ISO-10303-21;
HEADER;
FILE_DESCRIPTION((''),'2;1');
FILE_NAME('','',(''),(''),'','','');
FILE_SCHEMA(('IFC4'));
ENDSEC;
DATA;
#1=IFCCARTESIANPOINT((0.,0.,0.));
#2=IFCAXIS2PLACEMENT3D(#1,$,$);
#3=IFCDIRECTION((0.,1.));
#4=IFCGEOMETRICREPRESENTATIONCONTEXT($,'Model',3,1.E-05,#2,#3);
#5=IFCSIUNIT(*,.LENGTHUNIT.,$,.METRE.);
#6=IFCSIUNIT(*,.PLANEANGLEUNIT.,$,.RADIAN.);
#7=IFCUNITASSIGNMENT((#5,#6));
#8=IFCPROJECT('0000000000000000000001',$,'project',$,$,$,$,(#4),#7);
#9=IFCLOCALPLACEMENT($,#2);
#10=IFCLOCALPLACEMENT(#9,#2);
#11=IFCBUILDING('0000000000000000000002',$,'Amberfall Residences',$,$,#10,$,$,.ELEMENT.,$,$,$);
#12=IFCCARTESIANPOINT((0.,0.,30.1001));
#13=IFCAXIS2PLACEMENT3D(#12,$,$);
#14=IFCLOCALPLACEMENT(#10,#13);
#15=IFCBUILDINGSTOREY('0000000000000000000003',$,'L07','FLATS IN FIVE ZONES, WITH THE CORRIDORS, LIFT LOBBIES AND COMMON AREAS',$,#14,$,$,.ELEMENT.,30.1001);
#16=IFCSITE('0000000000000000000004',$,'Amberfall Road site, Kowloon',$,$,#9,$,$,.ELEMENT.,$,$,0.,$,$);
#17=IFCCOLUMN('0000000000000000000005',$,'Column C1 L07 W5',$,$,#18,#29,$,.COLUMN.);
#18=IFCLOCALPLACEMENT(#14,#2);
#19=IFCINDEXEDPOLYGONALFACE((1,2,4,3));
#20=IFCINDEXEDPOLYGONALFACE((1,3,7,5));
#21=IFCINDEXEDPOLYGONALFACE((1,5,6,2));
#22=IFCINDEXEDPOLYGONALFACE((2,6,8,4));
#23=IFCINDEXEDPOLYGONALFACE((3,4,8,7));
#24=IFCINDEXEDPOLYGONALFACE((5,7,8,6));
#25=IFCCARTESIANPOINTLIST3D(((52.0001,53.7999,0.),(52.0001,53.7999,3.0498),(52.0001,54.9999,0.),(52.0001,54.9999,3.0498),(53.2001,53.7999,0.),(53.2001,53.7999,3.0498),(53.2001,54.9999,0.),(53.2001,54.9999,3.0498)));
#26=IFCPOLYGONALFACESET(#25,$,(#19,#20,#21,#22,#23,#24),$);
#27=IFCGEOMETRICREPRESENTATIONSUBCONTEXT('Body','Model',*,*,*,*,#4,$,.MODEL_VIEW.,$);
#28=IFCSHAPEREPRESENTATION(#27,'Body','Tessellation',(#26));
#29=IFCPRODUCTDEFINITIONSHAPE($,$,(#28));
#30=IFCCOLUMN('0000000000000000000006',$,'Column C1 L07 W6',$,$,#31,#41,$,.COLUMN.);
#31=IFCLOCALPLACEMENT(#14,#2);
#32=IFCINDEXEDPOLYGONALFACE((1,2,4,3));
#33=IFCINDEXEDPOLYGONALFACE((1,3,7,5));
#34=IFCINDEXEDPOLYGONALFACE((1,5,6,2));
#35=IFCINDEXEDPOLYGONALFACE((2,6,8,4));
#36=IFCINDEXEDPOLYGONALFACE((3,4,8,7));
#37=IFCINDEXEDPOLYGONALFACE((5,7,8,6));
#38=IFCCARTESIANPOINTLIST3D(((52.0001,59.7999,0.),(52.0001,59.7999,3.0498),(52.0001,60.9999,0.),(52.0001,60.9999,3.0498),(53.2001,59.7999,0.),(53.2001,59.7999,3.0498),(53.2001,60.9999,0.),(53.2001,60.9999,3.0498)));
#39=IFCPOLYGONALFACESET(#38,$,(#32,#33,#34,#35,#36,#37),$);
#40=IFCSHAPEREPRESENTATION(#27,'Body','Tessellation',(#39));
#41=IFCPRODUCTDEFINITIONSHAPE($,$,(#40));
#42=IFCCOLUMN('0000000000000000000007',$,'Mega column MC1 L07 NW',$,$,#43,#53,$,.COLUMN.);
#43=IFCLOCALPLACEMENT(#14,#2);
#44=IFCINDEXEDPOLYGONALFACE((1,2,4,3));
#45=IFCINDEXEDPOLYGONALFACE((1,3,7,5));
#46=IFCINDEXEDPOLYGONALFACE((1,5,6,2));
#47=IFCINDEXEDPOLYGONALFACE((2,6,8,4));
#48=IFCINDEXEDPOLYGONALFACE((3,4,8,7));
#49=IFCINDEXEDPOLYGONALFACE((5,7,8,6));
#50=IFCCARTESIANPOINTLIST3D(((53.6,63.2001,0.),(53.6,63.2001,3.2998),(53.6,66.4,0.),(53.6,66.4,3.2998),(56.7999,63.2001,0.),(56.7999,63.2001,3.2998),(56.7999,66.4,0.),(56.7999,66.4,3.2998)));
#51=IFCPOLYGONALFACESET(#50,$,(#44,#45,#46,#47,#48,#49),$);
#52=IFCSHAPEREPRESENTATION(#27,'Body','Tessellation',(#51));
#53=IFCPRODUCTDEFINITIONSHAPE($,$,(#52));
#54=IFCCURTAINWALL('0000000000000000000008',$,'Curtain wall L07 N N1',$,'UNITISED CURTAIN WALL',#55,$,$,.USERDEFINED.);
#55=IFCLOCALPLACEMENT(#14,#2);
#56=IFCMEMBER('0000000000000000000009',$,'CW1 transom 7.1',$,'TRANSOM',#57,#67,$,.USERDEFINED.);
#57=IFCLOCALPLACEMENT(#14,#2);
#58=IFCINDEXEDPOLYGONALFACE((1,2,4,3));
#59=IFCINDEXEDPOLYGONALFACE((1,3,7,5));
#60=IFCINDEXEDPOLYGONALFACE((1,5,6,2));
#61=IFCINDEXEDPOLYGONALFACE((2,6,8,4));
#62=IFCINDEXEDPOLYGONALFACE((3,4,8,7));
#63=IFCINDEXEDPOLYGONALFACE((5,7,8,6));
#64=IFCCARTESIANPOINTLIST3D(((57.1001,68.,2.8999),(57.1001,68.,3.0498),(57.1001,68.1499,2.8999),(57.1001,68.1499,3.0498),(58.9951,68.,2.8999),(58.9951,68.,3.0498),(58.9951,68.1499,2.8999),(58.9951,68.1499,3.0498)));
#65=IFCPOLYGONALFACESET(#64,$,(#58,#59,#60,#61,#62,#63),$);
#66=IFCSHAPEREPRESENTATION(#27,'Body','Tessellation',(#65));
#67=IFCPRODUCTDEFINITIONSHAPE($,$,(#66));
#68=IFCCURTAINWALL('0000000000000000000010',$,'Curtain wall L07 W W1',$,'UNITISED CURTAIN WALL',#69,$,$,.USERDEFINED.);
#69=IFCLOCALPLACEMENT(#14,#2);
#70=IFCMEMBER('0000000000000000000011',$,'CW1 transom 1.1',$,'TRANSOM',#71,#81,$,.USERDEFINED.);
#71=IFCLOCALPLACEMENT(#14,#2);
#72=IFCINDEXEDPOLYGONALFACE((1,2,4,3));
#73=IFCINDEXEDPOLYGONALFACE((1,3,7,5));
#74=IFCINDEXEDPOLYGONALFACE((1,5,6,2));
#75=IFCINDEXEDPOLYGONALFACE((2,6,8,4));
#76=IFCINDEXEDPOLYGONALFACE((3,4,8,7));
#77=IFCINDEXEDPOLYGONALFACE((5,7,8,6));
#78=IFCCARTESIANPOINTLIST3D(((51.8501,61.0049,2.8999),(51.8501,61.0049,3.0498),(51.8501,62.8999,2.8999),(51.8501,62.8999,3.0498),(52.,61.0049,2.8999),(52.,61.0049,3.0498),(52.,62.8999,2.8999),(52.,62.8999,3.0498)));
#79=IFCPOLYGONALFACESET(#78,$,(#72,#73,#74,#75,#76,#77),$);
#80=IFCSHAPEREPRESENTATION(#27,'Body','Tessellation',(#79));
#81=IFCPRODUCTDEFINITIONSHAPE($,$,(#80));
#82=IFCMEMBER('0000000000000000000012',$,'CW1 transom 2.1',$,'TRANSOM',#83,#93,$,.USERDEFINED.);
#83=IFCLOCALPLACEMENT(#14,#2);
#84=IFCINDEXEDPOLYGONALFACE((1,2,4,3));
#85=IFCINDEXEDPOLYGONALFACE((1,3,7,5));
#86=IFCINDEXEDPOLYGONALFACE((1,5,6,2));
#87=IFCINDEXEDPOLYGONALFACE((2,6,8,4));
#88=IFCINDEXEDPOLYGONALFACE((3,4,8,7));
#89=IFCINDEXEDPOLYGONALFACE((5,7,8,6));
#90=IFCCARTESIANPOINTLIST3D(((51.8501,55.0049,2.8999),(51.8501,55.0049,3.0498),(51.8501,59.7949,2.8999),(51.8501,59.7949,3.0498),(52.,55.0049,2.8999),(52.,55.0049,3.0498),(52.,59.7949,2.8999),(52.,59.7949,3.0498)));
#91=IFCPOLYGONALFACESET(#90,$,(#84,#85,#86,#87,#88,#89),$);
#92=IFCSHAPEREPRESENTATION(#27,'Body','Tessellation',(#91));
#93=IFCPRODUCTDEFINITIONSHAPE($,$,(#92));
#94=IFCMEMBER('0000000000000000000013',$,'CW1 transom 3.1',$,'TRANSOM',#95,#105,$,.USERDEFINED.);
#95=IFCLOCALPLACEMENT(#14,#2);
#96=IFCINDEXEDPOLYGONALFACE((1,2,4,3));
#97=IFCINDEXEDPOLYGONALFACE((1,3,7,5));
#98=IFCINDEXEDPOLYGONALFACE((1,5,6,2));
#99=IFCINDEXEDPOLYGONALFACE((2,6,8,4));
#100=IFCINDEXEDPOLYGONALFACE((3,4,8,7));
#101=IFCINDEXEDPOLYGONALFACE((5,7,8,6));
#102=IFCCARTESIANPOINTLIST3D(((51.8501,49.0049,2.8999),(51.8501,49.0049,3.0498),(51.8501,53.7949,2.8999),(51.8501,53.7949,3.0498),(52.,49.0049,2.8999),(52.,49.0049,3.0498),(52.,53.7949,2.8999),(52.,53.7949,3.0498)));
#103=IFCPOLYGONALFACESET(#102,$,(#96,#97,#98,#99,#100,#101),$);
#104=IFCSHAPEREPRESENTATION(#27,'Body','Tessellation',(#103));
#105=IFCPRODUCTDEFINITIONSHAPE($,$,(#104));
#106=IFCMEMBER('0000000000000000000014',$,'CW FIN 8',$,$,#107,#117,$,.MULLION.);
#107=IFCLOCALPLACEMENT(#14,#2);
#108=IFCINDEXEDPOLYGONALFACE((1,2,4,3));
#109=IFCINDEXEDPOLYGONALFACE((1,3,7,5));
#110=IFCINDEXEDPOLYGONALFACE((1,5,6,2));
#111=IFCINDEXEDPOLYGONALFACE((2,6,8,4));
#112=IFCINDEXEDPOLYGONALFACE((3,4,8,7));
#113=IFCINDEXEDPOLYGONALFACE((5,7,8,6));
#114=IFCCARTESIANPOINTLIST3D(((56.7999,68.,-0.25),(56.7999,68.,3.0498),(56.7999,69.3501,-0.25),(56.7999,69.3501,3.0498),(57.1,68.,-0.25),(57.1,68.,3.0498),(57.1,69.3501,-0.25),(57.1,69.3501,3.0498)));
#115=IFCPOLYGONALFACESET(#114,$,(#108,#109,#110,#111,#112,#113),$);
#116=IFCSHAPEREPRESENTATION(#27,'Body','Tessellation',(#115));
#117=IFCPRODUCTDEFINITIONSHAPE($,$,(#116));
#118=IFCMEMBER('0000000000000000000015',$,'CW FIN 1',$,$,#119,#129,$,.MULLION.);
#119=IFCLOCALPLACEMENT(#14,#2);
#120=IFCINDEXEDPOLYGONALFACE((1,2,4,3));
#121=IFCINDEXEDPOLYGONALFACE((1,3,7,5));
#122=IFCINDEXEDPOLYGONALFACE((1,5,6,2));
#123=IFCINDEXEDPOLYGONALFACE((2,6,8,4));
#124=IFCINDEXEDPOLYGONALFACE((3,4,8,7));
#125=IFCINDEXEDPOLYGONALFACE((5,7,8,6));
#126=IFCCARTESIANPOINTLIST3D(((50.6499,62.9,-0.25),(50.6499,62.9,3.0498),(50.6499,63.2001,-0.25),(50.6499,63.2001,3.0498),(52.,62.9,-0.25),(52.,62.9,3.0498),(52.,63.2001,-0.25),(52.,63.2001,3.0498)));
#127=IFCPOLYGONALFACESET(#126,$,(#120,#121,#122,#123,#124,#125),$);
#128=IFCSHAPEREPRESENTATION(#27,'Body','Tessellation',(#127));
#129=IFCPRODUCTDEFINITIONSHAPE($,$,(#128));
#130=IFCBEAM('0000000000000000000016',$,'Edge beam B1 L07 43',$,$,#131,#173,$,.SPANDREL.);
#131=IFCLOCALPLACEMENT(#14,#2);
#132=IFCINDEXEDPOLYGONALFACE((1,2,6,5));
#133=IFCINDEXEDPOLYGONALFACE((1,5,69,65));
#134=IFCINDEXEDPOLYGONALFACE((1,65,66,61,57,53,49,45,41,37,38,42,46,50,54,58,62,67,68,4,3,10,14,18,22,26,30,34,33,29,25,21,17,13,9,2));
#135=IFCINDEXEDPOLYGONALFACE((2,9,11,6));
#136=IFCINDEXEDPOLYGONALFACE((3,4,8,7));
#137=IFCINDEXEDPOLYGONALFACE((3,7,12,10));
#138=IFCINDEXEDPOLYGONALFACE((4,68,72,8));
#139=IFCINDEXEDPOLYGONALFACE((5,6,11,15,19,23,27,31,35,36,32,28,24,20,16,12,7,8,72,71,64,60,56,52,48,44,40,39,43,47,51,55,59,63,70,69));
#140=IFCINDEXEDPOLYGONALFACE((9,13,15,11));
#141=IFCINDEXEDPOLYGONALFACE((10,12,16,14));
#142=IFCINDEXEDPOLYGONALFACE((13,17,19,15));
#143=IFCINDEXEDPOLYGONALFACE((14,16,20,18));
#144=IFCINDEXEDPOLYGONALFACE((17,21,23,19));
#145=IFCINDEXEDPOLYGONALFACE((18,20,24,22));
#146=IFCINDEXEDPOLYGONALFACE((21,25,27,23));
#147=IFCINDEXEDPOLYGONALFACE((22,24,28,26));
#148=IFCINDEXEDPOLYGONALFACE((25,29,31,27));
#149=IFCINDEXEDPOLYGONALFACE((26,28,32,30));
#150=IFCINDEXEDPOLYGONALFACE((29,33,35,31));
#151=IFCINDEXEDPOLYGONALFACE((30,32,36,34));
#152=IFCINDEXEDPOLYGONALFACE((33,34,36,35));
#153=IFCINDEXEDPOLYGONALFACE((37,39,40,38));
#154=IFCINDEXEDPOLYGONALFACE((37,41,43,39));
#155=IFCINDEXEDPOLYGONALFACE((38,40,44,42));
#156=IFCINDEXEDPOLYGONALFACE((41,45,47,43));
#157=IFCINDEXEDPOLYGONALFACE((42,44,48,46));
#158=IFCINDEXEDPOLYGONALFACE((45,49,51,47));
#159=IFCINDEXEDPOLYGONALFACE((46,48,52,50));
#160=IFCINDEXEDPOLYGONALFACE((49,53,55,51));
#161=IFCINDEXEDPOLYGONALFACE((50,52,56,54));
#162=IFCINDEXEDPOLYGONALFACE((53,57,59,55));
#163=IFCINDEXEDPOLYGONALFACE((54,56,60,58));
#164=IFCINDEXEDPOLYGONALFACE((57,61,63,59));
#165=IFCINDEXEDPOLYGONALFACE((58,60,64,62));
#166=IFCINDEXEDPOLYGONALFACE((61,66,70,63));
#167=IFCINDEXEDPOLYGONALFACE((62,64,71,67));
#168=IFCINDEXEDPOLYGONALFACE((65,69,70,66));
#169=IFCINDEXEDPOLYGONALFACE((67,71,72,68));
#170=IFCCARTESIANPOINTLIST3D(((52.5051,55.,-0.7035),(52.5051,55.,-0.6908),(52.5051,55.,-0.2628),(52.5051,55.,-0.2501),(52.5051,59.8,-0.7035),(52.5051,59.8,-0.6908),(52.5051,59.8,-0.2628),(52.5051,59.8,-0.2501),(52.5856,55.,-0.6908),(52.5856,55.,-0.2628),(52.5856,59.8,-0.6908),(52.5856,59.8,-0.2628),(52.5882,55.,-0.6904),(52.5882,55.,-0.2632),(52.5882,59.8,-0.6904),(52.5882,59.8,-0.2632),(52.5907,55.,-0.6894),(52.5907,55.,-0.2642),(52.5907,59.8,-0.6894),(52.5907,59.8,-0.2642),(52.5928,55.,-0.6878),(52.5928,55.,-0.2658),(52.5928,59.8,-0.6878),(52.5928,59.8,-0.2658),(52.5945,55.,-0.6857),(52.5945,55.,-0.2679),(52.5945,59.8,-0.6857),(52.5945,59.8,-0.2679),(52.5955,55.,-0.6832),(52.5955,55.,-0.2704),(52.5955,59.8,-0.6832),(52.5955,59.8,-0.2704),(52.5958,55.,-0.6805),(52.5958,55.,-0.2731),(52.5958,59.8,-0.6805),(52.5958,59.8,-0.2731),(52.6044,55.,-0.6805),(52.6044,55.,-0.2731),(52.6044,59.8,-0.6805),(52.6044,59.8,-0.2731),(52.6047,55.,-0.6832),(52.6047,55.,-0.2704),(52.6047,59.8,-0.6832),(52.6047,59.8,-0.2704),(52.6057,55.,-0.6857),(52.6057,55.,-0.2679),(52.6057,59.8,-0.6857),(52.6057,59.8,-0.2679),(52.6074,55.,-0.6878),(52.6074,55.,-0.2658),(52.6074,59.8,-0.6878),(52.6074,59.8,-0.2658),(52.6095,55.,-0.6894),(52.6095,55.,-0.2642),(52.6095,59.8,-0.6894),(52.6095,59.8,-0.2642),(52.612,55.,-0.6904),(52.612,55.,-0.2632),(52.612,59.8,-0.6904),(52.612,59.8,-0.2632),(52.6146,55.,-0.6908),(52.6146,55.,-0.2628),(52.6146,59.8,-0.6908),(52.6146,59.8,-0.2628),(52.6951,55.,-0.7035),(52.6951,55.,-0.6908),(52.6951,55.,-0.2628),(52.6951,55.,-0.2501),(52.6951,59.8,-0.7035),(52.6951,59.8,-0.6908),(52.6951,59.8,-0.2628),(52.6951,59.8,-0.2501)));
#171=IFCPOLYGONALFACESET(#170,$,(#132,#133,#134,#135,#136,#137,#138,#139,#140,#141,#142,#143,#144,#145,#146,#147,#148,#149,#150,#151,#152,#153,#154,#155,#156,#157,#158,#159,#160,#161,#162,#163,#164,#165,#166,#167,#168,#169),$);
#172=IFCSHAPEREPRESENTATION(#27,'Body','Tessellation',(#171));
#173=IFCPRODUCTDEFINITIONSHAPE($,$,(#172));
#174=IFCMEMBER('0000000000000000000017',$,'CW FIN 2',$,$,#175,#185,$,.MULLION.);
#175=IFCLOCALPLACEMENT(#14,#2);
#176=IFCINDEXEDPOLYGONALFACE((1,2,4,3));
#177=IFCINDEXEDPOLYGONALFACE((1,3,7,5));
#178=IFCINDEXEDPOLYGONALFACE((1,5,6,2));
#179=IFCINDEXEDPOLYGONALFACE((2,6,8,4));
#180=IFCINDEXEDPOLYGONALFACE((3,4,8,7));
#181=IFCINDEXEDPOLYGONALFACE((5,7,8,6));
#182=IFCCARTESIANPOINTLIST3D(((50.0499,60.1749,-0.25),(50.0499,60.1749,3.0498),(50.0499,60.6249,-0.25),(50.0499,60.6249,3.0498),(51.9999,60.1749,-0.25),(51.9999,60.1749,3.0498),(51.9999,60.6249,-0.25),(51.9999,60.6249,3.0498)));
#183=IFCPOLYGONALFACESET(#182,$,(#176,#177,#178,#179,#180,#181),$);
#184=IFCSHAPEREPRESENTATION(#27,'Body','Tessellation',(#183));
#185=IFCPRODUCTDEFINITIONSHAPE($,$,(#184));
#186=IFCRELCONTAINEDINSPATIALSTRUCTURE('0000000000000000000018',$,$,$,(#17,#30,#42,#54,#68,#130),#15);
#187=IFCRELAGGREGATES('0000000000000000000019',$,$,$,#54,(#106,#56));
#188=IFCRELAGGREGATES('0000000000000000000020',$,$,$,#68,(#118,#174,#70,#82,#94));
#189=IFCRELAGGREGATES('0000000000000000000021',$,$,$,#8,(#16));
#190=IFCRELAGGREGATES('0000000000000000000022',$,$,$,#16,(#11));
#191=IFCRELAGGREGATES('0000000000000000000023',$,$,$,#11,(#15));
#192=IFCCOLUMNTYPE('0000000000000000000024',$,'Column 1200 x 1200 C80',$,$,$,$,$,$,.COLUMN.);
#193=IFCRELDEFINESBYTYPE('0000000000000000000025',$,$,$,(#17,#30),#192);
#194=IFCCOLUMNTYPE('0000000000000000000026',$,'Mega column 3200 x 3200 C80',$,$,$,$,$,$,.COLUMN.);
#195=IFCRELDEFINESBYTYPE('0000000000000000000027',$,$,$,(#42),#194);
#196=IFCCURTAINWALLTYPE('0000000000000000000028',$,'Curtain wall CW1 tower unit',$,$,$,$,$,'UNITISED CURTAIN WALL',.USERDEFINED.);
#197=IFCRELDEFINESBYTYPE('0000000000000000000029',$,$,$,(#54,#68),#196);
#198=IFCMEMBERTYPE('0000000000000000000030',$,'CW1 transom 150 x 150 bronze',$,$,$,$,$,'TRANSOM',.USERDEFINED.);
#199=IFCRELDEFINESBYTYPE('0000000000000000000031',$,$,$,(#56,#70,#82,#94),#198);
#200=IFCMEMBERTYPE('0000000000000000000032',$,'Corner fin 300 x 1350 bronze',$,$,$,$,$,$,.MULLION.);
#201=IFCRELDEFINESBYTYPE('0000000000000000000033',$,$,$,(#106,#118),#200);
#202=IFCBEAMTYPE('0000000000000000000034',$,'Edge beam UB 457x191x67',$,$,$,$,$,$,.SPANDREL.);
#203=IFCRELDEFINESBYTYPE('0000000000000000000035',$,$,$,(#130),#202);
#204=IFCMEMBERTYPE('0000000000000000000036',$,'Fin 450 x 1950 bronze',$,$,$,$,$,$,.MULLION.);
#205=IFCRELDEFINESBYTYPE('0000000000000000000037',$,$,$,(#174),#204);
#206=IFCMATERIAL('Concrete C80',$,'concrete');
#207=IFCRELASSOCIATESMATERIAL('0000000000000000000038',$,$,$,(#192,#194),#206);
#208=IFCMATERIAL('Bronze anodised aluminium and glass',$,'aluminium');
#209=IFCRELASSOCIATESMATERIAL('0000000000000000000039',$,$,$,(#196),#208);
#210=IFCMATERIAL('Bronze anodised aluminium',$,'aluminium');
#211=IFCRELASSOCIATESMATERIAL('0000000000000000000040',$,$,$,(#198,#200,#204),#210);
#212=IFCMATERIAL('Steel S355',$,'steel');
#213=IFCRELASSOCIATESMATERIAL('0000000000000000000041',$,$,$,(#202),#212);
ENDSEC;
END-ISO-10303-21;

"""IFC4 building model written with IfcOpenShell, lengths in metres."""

from ifc_helpers import new_model, si_unit, direction, frame, origin, origin_2d, place, context, subcontext, project, spatial, rectangle, i_section, extrude, material, material_profile, profile_set, type_object, element, aggregate, save


model = new_model("IFC4")

# Units and contexts
model_context = context("Model", 3, precision=1e-05, world=origin(), true_north=direction((0.0, 1.0)))
body_context = subcontext(model_context, "Body", "Model", "MODEL_VIEW")
ifc_project = project(units=[si_unit("LENGTHUNIT", "METRE"), si_unit("PLANEANGLEUNIT", "RADIAN")], contexts=[model_context])

# Site, building, storey
site_placement = place(None, origin())
site = spatial("IfcSite", under=ifc_project, at=site_placement, Name="Amberfall Road site, Kowloon", CompositionType="ELEMENT", RefElevation=0.0)
building_placement = place(site_placement, origin())
building = spatial("IfcBuilding", under=site, at=building_placement, Name="Amberfall Residences", CompositionType="ELEMENT")
storey_placement = place(building_placement, frame((0.0, 0.0, 30.1001)))
storey = spatial("IfcBuildingStorey", under=building, at=storey_placement, Name="L07", Description="FLATS IN FIVE ZONES, WITH THE CORRIDORS, LIFT LOBBIES AND COMMON AREAS", CompositionType="ELEMENT", Elevation=30.1001)

# Columns
ifc_material_1 = material(Name="Concrete C80", Category="concrete")
ifc_material_profile_1 = material_profile(ifc_material_1, rectangle(XDim=1.2, YDim=1.2, at=origin_2d()), Name="Column 1200 x 1200 C80")
ifc_profile_set_1 = profile_set([ifc_material_profile_1], Name="Concrete C80")
column_type_1 = type_object("IfcColumnType", Name="Column 1200 x 1200 C80", PredefinedType="COLUMN", material=ifc_profile_set_1)
for number, where, z_axis, x_axis, name in (
    (1, (52.6001, 54.3999, 0.0), (0.0, 0.0, 1.0), (1.0, 0.0, 0.0), "Column C1 L07 W5"),
    (2, (52.6001, 60.3999, 0.0), (0.0, 0.0, 1.0), (1.0, 0.0, 0.0), "Column C1 L07 W6"),
):
    element("IfcColumn", number, at=place(storey_placement, frame(where, z_axis=z_axis, x_axis=x_axis)), inside=storey, type_object=column_type_1, Name=name, PredefinedType="COLUMN", context=body_context, shape_type="SweptSolid", body=[
        extrude(rectangle(XDim=1.2, YDim=1.2, at=origin_2d()), origin(), (0.0, 0.0, 1.0), 3.0498),
    ])
ifc_material_profile_2 = material_profile(ifc_material_1, rectangle(XDim=3.2, YDim=3.2, at=origin_2d()), Name="Mega column 3200 x 3200 C80")
ifc_profile_set_2 = profile_set([ifc_material_profile_2], Name="Concrete C80")
column_type_2 = type_object("IfcColumnType", Name="Mega column 3200 x 3200 C80", PredefinedType="COLUMN", material=ifc_profile_set_2)
column_placement = place(storey_placement, frame((55.2, 64.8, 0.0), z_axis=(0.0, 0.0, 1.0), x_axis=(1.0, 0.0, 0.0)))
element("IfcColumn", 3, at=column_placement, inside=storey, type_object=column_type_2, Name="Mega column MC1 L07 NW", PredefinedType="COLUMN", context=body_context, shape_type="SweptSolid", body=[
    extrude(rectangle(XDim=3.2, YDim=3.2, at=origin_2d()), origin(), (0.0, 0.0, 1.0), 3.2998),
])

# Curtain wall, member
ifc_material_2 = material(Name="Bronze anodised aluminium and glass", Category="aluminium")
curtain_wall_type = type_object("IfcCurtainWallType", Name="Curtain wall CW1 tower unit", ElementType="UNITISED CURTAIN WALL", PredefinedType="USERDEFINED", material=ifc_material_2)
curtain_wall_1_placement = place(storey_placement, origin())
curtain_wall_1 = element("IfcCurtainWall", 4, at=curtain_wall_1_placement, inside=storey, type_object=curtain_wall_type, Name="Curtain wall L07 N N1", ObjectType="UNITISED CURTAIN WALL", PredefinedType="USERDEFINED")
ifc_material_3 = material(Name="Bronze anodised aluminium", Category="aluminium")
ifc_material_profile_3 = material_profile(ifc_material_3, rectangle(XDim=0.1499, YDim=0.1499, at=origin_2d()), Name="CW1 transom 150 x 150 bronze")
ifc_profile_set_3 = profile_set([ifc_material_profile_3], Name="Bronze anodised aluminium")
member_type_1 = type_object("IfcMemberType", Name="CW1 transom 150 x 150 bronze", ElementType="TRANSOM", PredefinedType="USERDEFINED", material=ifc_profile_set_3)
member_1_placement = place(storey_placement, frame((58.9951, 68.075, 2.9749), z_axis=(-1.0, 0.0, 0.0), x_axis=(0.0, -1.0, 0.0)))
member_1 = element("IfcMember", 5, at=member_1_placement, type_object=member_type_1, Name="CW1 transom 7.1", ObjectType="TRANSOM", PredefinedType="USERDEFINED", context=body_context, shape_type="SweptSolid", body=[
    extrude(rectangle(XDim=0.1499, YDim=0.1499, at=origin_2d()), origin(), (0.0, 0.0, 1.0), 1.895),
])

# Curtain wall, members
curtain_wall_2_placement = place(storey_placement, origin())
curtain_wall_2 = element("IfcCurtainWall", 6, at=curtain_wall_2_placement, inside=storey, type_object=curtain_wall_type, Name="Curtain wall L07 W W1", ObjectType="UNITISED CURTAIN WALL", PredefinedType="USERDEFINED")
member_2_placement = place(storey_placement, frame((51.925, 62.8999, 2.9749), z_axis=(0.0, -1.0, 0.0), x_axis=(1.0, 0.0, 0.0)))
member_2 = element("IfcMember", 7, at=member_2_placement, type_object=member_type_1, Name="CW1 transom 1.1", ObjectType="TRANSOM", PredefinedType="USERDEFINED", context=body_context, shape_type="SweptSolid", body=[
    extrude(rectangle(XDim=0.1499, YDim=0.1499, at=origin_2d()), origin(), (0.0, 0.0, 1.0), 1.895),
])
member_3_placement = place(storey_placement, frame((51.925, 59.7949, 2.9749), z_axis=(0.0, -1.0, 0.0), x_axis=(1.0, 0.0, 0.0)))
member_3 = element("IfcMember", 8, at=member_3_placement, type_object=member_type_1, Name="CW1 transom 2.1", ObjectType="TRANSOM", PredefinedType="USERDEFINED", context=body_context, shape_type="SweptSolid", body=[
    extrude(rectangle(XDim=0.1499, YDim=0.1499, at=origin_2d()), origin(), (0.0, 0.0, 1.0), 4.79),
])
member_4_placement = place(storey_placement, frame((51.925, 53.7949, 2.9749), z_axis=(0.0, -1.0, 0.0), x_axis=(1.0, 0.0, 0.0)))
member_4 = element("IfcMember", 9, at=member_4_placement, type_object=member_type_1, Name="CW1 transom 3.1", ObjectType="TRANSOM", PredefinedType="USERDEFINED", context=body_context, shape_type="SweptSolid", body=[
    extrude(rectangle(XDim=0.1499, YDim=0.1499, at=origin_2d()), origin(), (0.0, 0.0, 1.0), 4.79),
])

# Members
ifc_material_profile_4 = material_profile(ifc_material_3, rectangle(XDim=1.3501, YDim=0.3, at=origin_2d()), Name="Corner fin 300 x 1350 bronze")
ifc_profile_set_4 = profile_set([ifc_material_profile_4], Name="Bronze anodised aluminium")
member_type_2 = type_object("IfcMemberType", Name="Corner fin 300 x 1350 bronze", PredefinedType="MULLION", material=ifc_profile_set_4)
member_5_placement = place(storey_placement, frame((56.95, 68.675, -0.25), z_axis=(0.0, 0.0, 1.0), x_axis=(0.0, -1.0, 0.0)))
member_5 = element("IfcMember", 10, at=member_5_placement, type_object=member_type_2, Name="CW FIN 8", PredefinedType="MULLION", context=body_context, shape_type="SweptSolid", body=[
    extrude(rectangle(XDim=1.3501, YDim=0.3, at=origin_2d()), origin(), (0.0, 0.0, 1.0), 3.2998),
])
member_6_placement = place(storey_placement, frame((51.325, 63.05, -0.25), z_axis=(0.0, 0.0, 1.0), x_axis=(1.0, 0.0, 0.0)))
member_6 = element("IfcMember", 11, at=member_6_placement, type_object=member_type_2, Name="CW FIN 1", PredefinedType="MULLION", context=body_context, shape_type="SweptSolid", body=[
    extrude(rectangle(XDim=1.3501, YDim=0.3, at=origin_2d()), origin(), (0.0, 0.0, 1.0), 3.2998),
])

# Beam
ifc_material_4 = material(Name="Steel S355", Category="steel")
ifc_material_profile_5 = material_profile(ifc_material_4, i_section(OverallWidth=0.1899, OverallDepth=0.4534, WebThickness=0.0085, FlangeThickness=0.0127, FilletRadius=0.0103, at=origin_2d()), Name="UB 457x191x67")
ifc_profile_set_5 = profile_set([ifc_material_profile_5], Name="Steel S355")
beam_type_1 = type_object("IfcBeamType", Name="Edge beam UB 457x191x67", PredefinedType="SPANDREL", material=ifc_profile_set_5)
beam_1_placement = place(storey_placement, frame((52.6001, 55.0, -0.4768), z_axis=(0.0, 1.0, 0.0), x_axis=(-1.0, 0.0, 0.0)))
element("IfcBeam", 12, at=beam_1_placement, inside=storey, type_object=beam_type_1, Name="Edge beam B1 L07 43", PredefinedType="SPANDREL", context=body_context, shape_type="SweptSolid", body=[
    extrude(i_section(OverallWidth=0.1899, OverallDepth=0.4534, WebThickness=0.0085, FlangeThickness=0.0127, FilletRadius=0.0103, at=origin_2d()), origin(), (0.0, 0.0, 1.0), 4.8),
])

# Member
ifc_material_profile_6 = material_profile(ifc_material_3, rectangle(XDim=1.95, YDim=0.45, at=origin_2d()), Name="Fin 450 x 1950 bronze")
ifc_profile_set_6 = profile_set([ifc_material_profile_6], Name="Bronze anodised aluminium")
member_type_3 = type_object("IfcMemberType", Name="Fin 450 x 1950 bronze", PredefinedType="MULLION", material=ifc_profile_set_6)
member_7_placement = place(storey_placement, frame((51.0249, 60.3999, -0.25), z_axis=(0.0, 0.0, 1.0), x_axis=(1.0, 0.0, 0.0)))
member_7 = element("IfcMember", 13, at=member_7_placement, type_object=member_type_3, Name="CW FIN 2", PredefinedType="MULLION", context=body_context, shape_type="SweptSolid", body=[
    extrude(rectangle(XDim=1.95, YDim=0.45, at=origin_2d()), origin(), (0.0, 0.0, 1.0), 3.2998),
])

aggregate(curtain_wall_1, [member_5, member_1])
aggregate(curtain_wall_2, [member_6, member_7, member_2, member_3, member_4])

save(model, "model.ifc")
